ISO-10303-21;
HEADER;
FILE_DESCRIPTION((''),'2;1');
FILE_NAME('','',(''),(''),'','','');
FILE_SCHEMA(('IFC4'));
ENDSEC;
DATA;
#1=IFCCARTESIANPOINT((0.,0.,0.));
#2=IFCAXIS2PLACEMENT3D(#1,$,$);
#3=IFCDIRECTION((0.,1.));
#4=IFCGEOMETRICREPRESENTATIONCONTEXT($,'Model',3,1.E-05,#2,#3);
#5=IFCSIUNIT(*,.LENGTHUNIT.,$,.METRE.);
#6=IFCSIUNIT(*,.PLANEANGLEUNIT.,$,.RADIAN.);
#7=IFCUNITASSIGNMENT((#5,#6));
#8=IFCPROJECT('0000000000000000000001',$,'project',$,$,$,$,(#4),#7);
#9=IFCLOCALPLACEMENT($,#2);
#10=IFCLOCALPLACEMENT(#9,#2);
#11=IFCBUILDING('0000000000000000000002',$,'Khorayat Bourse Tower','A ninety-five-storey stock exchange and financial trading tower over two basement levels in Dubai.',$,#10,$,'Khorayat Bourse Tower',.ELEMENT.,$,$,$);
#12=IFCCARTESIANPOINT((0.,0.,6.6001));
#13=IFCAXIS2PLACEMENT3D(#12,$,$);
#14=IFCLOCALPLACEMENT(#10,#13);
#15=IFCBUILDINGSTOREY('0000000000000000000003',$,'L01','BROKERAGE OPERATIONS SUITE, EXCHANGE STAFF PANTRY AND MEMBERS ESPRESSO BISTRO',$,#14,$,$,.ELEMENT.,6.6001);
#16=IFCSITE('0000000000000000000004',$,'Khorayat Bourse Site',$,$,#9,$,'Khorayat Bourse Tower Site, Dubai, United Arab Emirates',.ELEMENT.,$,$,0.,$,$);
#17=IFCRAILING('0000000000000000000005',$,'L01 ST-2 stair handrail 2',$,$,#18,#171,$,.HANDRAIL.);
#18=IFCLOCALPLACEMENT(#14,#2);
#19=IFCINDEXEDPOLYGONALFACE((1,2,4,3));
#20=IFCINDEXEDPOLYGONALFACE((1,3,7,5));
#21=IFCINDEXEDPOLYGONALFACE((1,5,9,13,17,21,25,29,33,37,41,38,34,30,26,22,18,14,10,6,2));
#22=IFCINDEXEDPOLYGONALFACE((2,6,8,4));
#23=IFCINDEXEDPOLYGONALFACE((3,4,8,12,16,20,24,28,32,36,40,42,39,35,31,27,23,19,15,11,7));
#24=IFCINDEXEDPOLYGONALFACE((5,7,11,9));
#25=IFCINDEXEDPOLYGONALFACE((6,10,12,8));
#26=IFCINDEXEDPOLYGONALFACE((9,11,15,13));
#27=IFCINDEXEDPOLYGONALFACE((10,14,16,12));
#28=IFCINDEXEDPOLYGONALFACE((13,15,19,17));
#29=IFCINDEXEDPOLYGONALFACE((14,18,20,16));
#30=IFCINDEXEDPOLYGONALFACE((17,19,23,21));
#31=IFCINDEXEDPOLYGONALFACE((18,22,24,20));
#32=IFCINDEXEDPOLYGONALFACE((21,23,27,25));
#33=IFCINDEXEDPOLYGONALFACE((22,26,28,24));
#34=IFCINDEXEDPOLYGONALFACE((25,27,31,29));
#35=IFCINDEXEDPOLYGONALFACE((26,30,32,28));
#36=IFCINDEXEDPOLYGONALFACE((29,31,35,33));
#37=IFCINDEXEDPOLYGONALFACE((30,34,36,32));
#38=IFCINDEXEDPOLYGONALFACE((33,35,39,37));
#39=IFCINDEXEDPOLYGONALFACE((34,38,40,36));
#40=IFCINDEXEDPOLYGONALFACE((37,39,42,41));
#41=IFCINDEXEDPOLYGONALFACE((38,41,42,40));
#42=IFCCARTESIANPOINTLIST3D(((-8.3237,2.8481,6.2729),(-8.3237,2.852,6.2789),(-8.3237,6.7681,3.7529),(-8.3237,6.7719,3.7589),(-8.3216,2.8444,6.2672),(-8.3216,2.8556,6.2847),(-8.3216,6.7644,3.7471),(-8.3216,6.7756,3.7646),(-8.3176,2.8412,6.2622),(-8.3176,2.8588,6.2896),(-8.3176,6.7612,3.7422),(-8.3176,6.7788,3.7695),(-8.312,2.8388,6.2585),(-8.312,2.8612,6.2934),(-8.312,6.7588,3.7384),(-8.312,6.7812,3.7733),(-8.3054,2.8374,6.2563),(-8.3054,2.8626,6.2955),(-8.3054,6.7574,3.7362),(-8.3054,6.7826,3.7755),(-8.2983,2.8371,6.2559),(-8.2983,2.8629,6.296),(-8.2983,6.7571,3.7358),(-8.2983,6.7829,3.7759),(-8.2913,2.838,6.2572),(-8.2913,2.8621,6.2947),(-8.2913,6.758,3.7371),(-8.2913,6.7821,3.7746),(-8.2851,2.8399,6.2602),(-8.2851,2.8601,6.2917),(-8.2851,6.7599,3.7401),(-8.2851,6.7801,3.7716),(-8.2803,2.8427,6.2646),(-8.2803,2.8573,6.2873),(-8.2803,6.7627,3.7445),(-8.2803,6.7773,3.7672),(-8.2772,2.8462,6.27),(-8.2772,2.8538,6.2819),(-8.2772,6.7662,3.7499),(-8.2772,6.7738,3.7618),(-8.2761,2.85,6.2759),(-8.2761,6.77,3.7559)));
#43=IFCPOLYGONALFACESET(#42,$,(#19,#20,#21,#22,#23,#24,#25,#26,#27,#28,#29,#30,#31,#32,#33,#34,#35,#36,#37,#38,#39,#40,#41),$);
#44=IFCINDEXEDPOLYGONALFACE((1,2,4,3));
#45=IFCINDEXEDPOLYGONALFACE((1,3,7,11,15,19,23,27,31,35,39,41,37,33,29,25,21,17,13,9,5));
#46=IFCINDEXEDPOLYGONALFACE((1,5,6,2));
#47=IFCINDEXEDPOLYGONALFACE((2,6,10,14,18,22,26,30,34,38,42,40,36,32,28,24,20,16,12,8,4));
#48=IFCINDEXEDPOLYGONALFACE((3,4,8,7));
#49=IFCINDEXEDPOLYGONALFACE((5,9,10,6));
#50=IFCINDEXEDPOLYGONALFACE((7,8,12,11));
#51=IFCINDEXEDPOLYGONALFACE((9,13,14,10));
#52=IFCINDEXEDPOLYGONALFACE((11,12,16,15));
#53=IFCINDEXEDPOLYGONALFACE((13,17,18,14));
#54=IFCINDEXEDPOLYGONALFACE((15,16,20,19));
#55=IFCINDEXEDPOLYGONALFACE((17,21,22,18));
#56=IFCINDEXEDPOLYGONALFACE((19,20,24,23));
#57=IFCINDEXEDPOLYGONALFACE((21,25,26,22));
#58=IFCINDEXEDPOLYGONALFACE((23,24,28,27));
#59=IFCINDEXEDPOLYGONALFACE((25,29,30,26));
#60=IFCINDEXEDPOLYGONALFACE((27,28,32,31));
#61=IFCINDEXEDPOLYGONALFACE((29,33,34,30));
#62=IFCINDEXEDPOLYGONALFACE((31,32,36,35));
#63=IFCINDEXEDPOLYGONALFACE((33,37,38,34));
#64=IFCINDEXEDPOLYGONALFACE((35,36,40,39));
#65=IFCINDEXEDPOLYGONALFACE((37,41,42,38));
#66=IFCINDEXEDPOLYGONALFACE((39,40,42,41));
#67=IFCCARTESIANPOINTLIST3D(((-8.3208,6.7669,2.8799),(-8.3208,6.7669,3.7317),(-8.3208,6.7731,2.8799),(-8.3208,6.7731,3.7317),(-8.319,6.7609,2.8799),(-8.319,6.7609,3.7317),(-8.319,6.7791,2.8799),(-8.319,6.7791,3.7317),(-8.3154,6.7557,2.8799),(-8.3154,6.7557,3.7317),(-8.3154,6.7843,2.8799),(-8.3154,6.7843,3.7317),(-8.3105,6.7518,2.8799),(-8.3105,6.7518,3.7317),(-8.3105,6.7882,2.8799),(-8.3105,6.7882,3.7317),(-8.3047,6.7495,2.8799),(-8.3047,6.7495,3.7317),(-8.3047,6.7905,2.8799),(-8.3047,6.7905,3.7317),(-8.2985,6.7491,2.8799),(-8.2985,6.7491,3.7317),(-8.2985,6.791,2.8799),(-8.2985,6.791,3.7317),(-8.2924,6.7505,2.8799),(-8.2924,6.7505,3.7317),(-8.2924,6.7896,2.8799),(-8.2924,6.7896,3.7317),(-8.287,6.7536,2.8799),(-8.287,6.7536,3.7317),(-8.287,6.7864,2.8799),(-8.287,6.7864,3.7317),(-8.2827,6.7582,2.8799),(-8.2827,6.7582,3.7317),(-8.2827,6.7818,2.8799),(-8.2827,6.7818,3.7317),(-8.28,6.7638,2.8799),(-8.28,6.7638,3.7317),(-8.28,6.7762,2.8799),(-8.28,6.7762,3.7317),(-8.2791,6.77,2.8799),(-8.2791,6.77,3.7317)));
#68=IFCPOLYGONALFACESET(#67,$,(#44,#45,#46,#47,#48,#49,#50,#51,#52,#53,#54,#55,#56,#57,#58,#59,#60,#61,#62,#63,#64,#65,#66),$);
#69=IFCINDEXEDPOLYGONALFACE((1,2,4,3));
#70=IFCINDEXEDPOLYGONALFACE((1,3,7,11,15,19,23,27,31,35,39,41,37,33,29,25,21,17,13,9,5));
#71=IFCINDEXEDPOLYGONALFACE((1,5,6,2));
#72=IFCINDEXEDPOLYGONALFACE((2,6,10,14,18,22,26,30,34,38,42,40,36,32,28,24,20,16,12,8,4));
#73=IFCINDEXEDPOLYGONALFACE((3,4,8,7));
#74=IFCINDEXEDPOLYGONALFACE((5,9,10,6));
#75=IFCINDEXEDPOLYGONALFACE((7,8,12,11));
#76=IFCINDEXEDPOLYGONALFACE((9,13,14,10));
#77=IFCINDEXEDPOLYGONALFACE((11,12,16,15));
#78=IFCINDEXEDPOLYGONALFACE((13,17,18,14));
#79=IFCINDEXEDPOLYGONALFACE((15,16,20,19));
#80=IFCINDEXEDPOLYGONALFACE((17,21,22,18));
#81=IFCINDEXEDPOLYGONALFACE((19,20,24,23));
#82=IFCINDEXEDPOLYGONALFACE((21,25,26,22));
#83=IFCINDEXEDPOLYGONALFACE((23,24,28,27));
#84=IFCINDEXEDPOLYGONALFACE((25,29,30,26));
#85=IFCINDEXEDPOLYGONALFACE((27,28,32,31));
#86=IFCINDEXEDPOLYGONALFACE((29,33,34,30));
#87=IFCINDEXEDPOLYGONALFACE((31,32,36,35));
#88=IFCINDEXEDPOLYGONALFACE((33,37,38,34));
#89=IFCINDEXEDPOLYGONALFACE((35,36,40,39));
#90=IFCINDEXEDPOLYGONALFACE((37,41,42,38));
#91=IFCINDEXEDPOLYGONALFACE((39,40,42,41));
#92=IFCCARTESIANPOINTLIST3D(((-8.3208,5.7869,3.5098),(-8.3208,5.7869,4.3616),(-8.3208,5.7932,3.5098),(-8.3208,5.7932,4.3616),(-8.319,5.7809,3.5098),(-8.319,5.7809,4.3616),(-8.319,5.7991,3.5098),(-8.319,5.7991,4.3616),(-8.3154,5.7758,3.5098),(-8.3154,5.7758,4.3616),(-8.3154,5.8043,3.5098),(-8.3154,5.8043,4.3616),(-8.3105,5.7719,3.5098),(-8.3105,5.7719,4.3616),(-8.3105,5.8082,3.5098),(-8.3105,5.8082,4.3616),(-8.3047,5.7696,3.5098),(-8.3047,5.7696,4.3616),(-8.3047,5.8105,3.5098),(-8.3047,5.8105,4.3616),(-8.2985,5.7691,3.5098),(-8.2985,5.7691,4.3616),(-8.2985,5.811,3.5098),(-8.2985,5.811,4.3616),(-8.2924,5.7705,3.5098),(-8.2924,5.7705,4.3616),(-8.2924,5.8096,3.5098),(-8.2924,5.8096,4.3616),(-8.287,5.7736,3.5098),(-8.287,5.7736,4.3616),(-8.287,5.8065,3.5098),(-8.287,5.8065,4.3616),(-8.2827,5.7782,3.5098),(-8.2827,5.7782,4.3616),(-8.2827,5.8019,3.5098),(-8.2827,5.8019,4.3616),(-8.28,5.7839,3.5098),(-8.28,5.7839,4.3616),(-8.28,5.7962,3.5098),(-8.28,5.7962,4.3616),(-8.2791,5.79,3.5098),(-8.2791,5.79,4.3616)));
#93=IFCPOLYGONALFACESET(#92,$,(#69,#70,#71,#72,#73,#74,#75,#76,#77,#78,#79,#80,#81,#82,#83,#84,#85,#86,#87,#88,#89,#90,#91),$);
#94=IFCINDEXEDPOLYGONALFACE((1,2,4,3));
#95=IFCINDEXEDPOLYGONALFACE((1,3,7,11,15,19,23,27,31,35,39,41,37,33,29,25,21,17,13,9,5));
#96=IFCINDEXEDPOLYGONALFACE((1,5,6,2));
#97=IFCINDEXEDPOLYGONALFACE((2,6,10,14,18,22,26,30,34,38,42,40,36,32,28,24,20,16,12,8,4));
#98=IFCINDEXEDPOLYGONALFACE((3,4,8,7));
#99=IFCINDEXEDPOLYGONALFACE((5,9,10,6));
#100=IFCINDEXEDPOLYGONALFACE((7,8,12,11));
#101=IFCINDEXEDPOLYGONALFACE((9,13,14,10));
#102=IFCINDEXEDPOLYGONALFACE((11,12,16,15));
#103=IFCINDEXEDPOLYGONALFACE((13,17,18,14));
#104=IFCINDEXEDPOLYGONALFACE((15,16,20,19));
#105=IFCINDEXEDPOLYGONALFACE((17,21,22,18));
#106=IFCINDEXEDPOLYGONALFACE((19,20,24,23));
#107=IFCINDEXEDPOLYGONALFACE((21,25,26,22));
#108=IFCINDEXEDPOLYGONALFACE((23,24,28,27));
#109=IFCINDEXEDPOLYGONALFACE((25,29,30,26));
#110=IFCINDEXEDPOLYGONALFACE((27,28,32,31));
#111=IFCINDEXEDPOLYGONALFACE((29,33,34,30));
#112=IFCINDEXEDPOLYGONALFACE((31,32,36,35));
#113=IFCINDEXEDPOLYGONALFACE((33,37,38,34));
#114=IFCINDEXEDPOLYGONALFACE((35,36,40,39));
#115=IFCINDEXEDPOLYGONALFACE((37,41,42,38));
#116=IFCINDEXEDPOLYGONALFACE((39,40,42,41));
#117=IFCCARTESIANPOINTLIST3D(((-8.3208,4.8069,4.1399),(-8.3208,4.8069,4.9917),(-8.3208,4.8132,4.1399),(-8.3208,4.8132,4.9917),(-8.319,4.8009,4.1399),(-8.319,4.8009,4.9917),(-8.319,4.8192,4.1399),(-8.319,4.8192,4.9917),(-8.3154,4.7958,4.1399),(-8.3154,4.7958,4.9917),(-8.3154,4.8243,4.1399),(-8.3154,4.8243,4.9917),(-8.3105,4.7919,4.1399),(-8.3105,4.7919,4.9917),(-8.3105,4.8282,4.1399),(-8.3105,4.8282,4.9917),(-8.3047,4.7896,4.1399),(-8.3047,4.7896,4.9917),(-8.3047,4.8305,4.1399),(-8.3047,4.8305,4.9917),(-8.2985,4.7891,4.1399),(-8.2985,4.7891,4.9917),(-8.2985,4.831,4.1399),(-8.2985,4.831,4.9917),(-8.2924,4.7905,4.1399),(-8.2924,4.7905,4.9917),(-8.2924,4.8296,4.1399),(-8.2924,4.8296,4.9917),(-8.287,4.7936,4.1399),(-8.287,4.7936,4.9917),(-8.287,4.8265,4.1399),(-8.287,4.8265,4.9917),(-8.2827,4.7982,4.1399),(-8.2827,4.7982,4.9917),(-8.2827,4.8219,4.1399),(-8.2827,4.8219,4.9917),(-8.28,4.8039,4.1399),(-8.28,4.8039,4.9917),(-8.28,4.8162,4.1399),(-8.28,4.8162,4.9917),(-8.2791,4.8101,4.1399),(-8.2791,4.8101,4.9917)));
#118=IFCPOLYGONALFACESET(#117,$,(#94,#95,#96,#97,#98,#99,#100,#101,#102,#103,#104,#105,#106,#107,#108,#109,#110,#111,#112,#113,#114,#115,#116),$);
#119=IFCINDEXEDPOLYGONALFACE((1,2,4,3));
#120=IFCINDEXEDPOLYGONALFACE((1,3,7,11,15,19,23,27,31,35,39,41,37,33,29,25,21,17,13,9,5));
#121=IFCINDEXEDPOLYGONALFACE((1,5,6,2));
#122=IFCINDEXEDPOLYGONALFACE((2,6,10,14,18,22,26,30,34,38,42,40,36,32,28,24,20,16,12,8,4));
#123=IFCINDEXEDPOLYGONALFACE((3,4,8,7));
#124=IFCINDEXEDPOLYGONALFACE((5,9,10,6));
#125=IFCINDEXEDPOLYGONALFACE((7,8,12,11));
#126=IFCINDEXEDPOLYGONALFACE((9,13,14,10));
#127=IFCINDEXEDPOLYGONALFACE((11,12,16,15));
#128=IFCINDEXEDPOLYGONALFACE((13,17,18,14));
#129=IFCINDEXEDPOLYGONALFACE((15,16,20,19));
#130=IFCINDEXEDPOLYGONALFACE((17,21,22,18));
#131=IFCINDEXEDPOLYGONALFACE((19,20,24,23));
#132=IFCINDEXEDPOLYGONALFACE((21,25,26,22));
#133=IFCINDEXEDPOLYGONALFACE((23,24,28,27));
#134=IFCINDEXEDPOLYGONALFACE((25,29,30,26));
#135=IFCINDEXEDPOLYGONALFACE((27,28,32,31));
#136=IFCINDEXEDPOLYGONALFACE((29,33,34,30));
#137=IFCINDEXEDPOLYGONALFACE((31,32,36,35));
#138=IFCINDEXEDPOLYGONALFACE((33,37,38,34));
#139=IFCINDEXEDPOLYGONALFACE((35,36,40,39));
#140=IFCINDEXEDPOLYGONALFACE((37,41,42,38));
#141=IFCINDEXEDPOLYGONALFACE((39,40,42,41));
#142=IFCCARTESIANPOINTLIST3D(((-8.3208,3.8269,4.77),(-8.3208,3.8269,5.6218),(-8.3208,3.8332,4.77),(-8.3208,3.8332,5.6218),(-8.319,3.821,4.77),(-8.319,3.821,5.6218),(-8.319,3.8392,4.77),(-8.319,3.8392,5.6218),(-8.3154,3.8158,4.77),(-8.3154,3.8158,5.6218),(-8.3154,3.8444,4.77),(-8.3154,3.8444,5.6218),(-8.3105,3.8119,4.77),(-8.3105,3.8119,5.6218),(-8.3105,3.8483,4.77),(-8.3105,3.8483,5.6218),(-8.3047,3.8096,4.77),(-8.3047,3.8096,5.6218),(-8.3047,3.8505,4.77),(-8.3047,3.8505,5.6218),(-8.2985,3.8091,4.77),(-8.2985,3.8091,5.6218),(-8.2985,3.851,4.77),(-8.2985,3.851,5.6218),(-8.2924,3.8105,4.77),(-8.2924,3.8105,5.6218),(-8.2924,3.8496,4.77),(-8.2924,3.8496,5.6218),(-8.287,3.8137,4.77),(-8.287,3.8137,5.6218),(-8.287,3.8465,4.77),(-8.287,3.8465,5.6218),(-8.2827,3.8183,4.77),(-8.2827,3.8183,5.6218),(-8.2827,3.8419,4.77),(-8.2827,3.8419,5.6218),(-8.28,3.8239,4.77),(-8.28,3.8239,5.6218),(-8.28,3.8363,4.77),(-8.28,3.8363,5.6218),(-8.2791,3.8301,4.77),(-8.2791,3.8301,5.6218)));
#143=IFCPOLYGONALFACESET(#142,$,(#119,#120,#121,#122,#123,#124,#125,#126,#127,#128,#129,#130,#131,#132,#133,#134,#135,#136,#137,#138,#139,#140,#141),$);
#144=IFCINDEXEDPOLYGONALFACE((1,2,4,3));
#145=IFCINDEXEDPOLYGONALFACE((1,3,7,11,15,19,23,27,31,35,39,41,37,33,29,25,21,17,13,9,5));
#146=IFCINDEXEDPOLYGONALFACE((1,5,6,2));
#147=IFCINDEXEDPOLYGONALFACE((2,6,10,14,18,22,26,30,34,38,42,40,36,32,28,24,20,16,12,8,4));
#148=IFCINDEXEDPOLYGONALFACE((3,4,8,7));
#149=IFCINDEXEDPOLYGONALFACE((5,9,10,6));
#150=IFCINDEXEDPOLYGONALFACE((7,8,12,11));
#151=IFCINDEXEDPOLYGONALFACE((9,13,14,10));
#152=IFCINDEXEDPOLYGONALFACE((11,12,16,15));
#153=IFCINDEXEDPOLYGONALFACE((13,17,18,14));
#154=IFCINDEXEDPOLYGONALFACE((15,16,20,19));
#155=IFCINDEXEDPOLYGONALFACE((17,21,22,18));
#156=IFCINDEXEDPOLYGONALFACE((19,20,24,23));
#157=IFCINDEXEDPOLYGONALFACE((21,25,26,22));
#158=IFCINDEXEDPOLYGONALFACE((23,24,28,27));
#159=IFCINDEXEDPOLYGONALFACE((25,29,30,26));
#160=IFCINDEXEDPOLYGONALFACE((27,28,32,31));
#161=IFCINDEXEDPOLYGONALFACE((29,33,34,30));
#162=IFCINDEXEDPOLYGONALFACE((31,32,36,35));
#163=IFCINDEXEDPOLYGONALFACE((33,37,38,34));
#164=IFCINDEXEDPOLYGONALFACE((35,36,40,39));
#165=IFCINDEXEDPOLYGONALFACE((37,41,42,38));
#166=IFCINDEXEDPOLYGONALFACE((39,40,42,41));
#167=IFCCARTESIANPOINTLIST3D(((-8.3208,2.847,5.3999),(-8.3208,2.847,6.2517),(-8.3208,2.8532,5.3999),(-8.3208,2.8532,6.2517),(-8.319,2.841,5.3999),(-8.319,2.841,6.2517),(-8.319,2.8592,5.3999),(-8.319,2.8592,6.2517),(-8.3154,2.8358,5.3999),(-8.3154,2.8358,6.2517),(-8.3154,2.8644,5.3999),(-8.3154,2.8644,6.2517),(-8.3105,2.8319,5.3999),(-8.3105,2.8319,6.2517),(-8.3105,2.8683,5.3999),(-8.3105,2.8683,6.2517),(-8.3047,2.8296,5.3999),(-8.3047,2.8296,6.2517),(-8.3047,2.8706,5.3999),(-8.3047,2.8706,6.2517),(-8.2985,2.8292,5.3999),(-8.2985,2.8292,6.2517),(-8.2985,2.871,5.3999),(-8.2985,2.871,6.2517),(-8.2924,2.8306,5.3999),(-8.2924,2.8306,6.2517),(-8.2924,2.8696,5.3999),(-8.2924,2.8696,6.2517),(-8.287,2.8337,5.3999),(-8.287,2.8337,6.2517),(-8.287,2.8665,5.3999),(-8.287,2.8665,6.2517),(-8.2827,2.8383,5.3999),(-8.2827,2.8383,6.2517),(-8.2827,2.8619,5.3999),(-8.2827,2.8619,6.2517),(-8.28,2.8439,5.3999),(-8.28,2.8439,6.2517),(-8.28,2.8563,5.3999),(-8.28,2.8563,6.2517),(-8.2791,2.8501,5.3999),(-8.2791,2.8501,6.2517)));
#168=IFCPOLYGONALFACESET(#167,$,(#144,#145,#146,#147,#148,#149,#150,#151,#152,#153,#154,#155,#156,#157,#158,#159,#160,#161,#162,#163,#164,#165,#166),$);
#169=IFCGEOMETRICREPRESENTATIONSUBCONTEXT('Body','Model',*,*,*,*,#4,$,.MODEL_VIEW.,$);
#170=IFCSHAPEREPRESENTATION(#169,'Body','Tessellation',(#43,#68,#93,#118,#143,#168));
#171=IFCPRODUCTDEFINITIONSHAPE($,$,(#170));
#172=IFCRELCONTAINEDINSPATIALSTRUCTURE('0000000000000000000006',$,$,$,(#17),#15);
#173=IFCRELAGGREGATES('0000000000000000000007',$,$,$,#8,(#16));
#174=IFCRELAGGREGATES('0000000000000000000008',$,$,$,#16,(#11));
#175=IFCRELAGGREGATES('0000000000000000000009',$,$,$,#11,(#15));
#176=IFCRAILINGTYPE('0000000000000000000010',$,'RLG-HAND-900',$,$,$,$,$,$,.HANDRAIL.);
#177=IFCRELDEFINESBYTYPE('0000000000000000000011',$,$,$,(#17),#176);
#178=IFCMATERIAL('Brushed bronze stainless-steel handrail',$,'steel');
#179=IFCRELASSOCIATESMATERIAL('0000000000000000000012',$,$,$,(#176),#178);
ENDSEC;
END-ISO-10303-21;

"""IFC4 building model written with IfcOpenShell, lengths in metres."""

from ifc_helpers import new_model, si_unit, direction, frame, origin, origin_2d, place, context, subcontext, project, spatial, circle, extrude, source, transform, mapped, material, type_object, element, save


model = new_model("IFC4")

# Units and contexts
model_context = context("Model", 3, precision=1e-05, world=origin(), true_north=direction((0.0, 1.0)))
body_context = subcontext(model_context, "Body", "Model", "MODEL_VIEW")
ifc_project = project(units=[si_unit("LENGTHUNIT", "METRE"), si_unit("PLANEANGLEUNIT", "RADIAN")], contexts=[model_context])

# Site, building, storey
site_placement = place(None, origin())
site = spatial("IfcSite", under=ifc_project, at=site_placement, Name="Khorayat Bourse Site", LongName="Khorayat Bourse Tower Site, Dubai, United Arab Emirates", CompositionType="ELEMENT", RefElevation=0.0)
building_placement = place(site_placement, origin())
building = spatial("IfcBuilding", under=site, at=building_placement, Name="Khorayat Bourse Tower", Description="A ninety-five-storey stock exchange and financial trading tower over two basement levels in Dubai.", LongName="Khorayat Bourse Tower", CompositionType="ELEMENT")
storey_placement = place(building_placement, frame((0.0, 0.0, 6.6001)))
storey = spatial("IfcBuildingStorey", under=building, at=storey_placement, Name="L01", Description="BROKERAGE OPERATIONS SUITE, EXCHANGE STAFF PANTRY AND MEMBERS ESPRESSO BISTRO", CompositionType="ELEMENT", Elevation=6.6001)

# Railing
ifc_material_1 = material(Name="Brushed bronze stainless-steel handrail", Category="steel")
railing_type_1 = type_object("IfcRailingType", Name="RLG-HAND-900", PredefinedType="HANDRAIL", material=ifc_material_1)
shared_shape_1 = source(origin(), body_context, "Body", "SweptSolid", [
    extrude(circle(Radius=0.0239, at=origin_2d()), frame((0.0, 0.0, 0.876), z_axis=(0.0, -0.841172, 0.540768), x_axis=(1.0, 0.0, 0.0)), (0.0, 0.0, 1.0), 4.6602),
    extrude(circle(Radius=0.021, at=origin_2d()), origin(), (0.0, 0.0, 1.0), 0.8518),
    extrude(circle(Radius=0.021, at=origin_2d()), frame((0.0, -0.98, 0.6299)), (0.0, 0.0, 1.0), 0.8518),
    extrude(circle(Radius=0.021, at=origin_2d()), frame((0.0, -1.96, 1.26)), (0.0, 0.0, 1.0), 0.8518),
    extrude(circle(Radius=0.021, at=origin_2d()), frame((0.0, -2.9399, 1.8901)), (0.0, 0.0, 1.0), 0.8518),
    extrude(circle(Radius=0.021, at=origin_2d()), frame((0.0, -3.9199, 2.52)), (0.0, 0.0, 1.0), 0.8518),
])
railing_1_placement = place(storey_placement, frame((-8.3, 6.77, 2.8799)))
element("IfcRailing", 1, at=railing_1_placement, inside=storey, type_object=railing_type_1, Name="L01 ST-2 stair handrail 2", PredefinedType="HANDRAIL", context=body_context, shape_type="MappedRepresentation", body=[
    mapped(shared_shape_1, transform((0.0, 0.0, 0.0), scale=1.0)),
])

save(model, "model.ifc")
